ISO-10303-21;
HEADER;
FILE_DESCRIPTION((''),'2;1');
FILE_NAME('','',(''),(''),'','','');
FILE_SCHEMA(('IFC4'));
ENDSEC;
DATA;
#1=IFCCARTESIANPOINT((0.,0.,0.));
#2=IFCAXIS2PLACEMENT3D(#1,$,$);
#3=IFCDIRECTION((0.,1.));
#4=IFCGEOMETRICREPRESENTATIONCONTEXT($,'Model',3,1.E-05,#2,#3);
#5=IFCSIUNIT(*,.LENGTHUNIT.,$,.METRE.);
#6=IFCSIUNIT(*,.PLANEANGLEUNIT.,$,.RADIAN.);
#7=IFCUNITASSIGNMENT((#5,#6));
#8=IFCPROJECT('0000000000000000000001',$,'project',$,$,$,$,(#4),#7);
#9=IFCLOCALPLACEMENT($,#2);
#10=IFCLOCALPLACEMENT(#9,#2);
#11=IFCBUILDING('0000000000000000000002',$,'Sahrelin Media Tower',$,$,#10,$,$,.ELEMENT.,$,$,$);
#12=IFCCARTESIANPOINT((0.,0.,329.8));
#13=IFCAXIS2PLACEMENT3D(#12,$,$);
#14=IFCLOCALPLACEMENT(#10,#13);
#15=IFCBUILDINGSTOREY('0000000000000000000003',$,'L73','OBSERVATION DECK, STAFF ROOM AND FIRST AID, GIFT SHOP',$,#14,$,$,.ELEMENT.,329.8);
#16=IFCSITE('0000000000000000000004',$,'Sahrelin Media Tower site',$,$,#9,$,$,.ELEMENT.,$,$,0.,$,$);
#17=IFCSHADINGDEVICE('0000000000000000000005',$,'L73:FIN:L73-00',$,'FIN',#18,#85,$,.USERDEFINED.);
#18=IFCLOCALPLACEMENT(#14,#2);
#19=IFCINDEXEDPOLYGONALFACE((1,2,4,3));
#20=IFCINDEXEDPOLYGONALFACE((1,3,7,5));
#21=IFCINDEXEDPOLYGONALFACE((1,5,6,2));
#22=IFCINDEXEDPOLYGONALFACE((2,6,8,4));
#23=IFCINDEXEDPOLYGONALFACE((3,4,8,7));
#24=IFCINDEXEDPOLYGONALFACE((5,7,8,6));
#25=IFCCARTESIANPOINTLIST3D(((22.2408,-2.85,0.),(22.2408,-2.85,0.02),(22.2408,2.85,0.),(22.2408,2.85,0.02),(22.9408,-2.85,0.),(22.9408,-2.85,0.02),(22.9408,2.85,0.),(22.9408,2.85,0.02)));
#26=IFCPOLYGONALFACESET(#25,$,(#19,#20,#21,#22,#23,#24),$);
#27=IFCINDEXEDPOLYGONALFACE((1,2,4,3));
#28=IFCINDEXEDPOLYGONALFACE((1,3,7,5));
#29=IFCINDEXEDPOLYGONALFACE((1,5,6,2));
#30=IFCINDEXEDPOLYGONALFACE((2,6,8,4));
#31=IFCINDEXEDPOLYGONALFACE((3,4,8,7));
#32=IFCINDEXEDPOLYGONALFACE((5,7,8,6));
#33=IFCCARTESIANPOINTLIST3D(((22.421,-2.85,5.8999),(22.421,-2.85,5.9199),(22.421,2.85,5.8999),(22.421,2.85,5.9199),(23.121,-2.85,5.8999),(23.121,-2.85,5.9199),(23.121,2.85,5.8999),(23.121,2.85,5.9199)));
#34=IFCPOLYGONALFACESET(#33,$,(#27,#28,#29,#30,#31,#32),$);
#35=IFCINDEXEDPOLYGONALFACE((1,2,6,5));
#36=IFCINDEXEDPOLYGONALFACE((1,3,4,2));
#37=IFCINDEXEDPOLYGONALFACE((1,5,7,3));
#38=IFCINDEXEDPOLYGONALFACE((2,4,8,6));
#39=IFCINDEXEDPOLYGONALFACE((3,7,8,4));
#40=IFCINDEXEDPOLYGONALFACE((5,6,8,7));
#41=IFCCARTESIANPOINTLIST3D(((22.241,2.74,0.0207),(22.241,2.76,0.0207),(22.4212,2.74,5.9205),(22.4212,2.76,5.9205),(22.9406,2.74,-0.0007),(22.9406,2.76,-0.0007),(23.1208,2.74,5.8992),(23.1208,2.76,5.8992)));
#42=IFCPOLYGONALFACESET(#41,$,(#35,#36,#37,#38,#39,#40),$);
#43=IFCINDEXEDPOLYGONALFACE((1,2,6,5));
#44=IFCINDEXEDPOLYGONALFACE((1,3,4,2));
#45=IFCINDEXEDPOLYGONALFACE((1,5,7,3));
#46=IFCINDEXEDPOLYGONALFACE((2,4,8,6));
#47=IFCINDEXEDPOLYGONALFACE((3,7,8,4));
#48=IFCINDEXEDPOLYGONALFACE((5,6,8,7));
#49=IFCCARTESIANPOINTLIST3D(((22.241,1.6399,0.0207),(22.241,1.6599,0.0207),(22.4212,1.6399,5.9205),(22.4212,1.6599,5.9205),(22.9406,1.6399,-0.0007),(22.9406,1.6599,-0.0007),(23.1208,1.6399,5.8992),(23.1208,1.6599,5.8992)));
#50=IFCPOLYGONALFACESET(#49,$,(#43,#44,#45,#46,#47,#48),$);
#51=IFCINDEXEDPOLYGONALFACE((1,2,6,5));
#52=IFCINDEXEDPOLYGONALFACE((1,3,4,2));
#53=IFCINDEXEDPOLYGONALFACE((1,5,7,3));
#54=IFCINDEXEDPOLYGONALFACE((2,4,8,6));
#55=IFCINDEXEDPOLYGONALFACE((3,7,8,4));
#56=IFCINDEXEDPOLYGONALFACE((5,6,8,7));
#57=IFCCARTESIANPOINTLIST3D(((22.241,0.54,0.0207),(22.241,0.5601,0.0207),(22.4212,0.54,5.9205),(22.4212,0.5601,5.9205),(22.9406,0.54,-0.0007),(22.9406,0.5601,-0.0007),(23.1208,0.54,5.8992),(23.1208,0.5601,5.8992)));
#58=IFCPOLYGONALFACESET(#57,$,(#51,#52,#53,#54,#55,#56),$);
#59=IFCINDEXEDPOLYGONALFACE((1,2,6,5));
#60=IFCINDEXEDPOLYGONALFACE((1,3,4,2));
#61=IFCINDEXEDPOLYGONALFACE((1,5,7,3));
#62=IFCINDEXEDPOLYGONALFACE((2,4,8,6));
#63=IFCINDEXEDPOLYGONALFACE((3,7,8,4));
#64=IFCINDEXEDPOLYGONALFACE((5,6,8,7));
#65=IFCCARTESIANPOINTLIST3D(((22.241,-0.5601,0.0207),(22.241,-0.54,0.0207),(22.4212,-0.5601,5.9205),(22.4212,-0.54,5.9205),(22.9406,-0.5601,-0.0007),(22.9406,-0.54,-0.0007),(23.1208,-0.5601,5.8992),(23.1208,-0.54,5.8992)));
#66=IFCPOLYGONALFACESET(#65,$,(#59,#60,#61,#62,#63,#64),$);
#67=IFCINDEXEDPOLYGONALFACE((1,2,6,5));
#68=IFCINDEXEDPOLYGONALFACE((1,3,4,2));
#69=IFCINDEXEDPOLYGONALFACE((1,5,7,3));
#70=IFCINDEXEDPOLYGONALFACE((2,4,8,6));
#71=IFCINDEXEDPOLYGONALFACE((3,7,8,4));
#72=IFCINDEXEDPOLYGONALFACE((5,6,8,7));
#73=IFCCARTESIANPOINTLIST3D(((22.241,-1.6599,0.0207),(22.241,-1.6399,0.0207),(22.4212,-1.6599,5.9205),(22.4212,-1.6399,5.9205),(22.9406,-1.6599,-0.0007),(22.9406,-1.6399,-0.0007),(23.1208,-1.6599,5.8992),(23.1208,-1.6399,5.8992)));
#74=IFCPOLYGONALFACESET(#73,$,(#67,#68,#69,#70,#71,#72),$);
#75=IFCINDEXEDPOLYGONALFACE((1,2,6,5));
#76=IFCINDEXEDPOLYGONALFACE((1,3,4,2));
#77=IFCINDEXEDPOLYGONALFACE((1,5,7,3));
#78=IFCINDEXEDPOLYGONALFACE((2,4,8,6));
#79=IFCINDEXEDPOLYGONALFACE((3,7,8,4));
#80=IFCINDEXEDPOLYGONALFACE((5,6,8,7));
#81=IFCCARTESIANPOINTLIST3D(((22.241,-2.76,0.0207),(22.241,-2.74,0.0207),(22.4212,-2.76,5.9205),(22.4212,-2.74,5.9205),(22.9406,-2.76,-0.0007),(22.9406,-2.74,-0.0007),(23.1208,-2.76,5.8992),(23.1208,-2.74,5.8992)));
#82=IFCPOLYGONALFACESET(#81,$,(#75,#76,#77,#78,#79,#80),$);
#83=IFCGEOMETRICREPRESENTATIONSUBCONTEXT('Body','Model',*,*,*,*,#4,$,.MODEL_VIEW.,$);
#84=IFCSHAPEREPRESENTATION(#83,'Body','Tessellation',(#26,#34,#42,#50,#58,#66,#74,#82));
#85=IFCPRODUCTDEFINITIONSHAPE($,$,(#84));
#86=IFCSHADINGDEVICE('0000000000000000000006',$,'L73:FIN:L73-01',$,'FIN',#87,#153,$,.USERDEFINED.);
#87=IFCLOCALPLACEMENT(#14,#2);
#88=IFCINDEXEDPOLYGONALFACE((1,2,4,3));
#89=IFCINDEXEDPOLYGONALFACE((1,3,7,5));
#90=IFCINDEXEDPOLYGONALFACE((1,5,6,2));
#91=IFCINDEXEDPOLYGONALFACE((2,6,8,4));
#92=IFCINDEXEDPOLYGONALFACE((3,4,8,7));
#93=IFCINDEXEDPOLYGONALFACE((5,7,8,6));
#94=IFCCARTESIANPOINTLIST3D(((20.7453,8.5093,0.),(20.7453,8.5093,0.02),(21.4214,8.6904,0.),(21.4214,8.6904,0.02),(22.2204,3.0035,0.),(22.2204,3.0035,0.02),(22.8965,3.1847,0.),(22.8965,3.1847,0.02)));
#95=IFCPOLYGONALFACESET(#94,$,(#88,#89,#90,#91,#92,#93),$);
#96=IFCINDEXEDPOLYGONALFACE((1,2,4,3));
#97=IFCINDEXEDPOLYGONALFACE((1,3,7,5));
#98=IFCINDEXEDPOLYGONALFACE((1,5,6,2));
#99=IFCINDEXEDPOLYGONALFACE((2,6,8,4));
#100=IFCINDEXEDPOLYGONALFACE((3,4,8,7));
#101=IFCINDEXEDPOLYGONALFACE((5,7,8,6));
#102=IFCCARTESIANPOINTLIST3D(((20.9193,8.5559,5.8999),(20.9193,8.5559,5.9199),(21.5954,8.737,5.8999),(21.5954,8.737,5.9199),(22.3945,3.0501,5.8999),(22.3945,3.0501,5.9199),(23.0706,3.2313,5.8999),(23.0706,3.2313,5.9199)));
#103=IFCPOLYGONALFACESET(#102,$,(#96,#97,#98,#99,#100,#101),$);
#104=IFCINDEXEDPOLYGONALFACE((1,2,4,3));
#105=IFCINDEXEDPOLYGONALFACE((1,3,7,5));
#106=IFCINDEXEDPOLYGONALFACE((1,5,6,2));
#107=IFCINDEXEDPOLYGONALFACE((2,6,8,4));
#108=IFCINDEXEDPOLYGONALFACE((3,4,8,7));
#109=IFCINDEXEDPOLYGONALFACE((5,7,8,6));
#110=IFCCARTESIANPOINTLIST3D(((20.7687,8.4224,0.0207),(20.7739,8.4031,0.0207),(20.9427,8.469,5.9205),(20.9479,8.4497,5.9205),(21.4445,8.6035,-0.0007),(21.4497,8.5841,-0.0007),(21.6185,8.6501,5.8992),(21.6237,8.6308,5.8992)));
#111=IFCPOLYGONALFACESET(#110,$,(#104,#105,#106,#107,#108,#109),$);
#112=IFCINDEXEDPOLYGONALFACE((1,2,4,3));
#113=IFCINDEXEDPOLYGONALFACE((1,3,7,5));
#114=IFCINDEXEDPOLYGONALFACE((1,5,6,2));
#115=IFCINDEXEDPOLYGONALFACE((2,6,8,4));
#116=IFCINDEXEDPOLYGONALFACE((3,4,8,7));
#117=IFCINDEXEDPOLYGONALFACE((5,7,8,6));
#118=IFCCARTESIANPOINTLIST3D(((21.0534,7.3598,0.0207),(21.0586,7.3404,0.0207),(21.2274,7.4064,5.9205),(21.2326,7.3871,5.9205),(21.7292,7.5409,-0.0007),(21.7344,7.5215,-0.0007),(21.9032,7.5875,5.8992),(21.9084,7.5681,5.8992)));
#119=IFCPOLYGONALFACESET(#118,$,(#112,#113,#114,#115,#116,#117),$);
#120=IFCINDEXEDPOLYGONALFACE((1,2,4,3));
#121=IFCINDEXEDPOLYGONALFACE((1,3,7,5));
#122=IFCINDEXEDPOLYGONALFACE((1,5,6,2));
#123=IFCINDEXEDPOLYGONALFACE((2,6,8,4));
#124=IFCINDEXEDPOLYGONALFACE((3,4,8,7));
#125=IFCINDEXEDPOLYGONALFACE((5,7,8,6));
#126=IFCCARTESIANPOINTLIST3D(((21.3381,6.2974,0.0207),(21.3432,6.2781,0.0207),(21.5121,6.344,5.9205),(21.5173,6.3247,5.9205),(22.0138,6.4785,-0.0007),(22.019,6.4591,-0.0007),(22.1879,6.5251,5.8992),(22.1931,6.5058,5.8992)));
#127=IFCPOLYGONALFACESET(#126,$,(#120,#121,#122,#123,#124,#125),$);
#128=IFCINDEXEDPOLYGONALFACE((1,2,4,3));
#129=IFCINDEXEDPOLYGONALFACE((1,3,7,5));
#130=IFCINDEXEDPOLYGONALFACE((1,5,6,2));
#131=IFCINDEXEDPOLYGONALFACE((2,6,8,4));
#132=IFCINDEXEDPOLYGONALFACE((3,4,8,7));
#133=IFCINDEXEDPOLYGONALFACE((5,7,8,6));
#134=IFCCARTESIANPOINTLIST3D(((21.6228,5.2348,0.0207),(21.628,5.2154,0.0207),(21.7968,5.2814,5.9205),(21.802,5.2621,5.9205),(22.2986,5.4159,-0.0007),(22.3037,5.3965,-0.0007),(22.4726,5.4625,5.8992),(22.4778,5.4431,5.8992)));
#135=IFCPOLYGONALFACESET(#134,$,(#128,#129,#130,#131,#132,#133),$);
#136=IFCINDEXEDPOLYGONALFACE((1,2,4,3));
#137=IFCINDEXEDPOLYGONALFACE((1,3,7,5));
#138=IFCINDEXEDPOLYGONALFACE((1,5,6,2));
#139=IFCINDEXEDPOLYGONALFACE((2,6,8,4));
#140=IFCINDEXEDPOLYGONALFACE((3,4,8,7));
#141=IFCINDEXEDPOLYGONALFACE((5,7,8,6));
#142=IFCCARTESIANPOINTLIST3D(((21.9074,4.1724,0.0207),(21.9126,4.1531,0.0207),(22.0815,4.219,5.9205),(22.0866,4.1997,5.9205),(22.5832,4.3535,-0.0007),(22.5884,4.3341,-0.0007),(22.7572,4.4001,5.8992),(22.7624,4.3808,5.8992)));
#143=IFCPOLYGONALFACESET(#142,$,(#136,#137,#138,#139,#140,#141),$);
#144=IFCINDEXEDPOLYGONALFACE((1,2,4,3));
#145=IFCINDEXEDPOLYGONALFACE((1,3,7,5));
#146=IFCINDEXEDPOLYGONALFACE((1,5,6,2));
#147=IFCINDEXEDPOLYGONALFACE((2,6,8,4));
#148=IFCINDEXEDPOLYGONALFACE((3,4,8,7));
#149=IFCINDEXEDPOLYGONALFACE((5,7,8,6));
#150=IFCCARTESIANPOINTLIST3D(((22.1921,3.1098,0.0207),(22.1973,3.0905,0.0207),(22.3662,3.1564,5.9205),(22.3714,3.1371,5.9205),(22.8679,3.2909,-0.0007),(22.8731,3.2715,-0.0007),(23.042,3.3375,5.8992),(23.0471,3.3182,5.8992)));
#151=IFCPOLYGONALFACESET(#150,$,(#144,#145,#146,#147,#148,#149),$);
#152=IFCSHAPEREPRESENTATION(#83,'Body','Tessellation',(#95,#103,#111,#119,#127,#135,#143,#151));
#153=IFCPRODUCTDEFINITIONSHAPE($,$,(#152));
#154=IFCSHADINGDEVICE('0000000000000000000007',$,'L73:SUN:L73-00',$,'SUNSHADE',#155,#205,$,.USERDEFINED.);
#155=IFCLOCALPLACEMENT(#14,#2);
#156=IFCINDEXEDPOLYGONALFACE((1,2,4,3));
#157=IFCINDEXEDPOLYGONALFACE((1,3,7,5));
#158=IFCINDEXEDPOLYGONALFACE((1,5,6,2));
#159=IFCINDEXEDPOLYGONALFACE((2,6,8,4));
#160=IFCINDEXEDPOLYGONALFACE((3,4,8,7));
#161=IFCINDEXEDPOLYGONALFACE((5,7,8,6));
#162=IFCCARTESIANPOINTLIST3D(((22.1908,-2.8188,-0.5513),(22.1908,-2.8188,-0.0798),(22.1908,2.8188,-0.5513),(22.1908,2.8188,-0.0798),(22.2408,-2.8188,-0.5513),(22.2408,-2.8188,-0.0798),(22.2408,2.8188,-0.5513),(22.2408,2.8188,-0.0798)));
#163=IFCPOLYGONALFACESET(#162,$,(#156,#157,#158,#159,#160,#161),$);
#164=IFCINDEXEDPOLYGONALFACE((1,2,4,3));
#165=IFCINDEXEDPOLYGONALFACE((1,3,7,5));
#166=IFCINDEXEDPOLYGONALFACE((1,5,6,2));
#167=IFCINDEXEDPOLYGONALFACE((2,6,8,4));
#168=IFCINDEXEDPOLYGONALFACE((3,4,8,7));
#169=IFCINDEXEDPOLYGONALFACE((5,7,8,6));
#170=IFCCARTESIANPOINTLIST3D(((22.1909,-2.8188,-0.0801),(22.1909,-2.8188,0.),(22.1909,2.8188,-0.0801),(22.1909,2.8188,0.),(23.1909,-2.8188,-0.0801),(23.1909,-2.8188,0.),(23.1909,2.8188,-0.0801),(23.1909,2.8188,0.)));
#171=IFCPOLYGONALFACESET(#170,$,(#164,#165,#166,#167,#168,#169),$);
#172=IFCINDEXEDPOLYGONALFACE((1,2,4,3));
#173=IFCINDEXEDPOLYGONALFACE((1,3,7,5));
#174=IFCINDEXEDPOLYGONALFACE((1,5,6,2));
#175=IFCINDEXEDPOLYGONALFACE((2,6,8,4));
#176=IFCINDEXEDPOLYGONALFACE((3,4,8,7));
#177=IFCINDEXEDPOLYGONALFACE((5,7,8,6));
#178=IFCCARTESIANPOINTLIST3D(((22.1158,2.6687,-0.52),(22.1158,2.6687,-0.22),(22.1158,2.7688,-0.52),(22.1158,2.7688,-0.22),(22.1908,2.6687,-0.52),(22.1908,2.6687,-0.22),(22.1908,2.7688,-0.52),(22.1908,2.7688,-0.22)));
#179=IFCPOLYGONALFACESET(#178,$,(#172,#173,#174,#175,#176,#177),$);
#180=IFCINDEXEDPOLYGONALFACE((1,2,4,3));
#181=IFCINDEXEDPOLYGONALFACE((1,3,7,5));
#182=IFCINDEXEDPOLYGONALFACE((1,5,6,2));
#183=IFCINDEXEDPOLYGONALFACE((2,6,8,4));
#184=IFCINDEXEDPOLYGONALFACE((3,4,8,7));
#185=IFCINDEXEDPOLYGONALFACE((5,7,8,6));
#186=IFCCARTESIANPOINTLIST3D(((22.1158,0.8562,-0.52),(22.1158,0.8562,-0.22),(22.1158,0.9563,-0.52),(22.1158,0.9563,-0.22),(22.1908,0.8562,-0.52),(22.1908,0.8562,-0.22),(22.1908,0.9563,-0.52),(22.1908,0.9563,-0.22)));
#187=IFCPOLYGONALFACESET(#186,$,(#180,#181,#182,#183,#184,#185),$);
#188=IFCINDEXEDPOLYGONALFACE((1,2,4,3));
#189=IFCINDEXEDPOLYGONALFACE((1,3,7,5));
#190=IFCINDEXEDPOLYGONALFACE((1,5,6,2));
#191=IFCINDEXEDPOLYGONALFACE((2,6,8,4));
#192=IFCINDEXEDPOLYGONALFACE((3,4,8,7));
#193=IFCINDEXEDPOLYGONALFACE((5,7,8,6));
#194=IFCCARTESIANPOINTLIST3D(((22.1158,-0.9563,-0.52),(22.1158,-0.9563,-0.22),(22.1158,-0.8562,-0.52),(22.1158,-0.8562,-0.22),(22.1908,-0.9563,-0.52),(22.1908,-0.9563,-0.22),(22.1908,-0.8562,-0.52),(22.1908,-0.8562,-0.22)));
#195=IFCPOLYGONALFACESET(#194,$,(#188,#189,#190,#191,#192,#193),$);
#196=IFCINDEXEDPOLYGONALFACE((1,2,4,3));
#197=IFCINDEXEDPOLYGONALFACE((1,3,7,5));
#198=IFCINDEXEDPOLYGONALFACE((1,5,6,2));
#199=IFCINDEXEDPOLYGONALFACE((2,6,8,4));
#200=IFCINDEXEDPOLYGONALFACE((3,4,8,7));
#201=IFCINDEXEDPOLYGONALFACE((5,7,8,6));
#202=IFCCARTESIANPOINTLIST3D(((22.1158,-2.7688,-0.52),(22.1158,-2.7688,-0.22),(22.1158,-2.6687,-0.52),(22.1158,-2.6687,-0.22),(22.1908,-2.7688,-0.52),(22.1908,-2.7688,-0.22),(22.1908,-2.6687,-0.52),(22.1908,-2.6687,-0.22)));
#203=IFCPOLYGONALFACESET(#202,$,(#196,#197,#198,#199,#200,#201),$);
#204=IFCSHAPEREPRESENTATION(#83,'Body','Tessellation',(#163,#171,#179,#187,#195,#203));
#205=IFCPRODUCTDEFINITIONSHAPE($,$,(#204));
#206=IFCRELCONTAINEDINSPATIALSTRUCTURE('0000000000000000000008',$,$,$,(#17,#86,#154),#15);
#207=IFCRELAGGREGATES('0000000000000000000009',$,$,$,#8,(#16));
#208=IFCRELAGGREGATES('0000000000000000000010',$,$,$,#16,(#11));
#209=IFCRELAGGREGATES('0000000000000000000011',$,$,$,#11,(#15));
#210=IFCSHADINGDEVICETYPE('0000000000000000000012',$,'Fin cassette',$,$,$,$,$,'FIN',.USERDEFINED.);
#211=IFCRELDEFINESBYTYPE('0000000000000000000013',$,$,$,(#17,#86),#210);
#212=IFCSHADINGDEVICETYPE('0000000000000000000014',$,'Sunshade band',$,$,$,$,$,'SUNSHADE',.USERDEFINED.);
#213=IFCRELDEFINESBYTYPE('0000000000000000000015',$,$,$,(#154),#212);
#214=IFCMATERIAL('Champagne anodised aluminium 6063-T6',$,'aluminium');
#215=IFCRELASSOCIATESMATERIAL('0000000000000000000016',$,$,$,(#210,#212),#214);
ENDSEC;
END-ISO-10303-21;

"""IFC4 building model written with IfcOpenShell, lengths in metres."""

from ifc_helpers import new_model, si_unit, direction, frame, origin, origin_2d, place, context, subcontext, project, spatial, rectangle, extrude, material, type_object, element, save


model = new_model("IFC4")

# Units and contexts
model_context = context("Model", 3, precision=1e-05, world=origin(), true_north=direction((0.0, 1.0)))
body_context = subcontext(model_context, "Body", "Model", "MODEL_VIEW")
ifc_project = project(units=[si_unit("LENGTHUNIT", "METRE"), si_unit("PLANEANGLEUNIT", "RADIAN")], contexts=[model_context])

# Site, building, storey
site_placement = place(None, origin())
site = spatial("IfcSite", under=ifc_project, at=site_placement, Name="Sahrelin Media Tower site", CompositionType="ELEMENT", RefElevation=0.0)
building_placement = place(site_placement, origin())
building = spatial("IfcBuilding", under=site, at=building_placement, Name="Sahrelin Media Tower", CompositionType="ELEMENT")
storey_placement = place(building_placement, frame((0.0, 0.0, 329.8)))
storey = spatial("IfcBuildingStorey", under=building, at=storey_placement, Name="L73", Description="OBSERVATION DECK, STAFF ROOM AND FIRST AID, GIFT SHOP", CompositionType="ELEMENT", Elevation=329.8)

# Shared definitions
ifc_material_1 = material(Name="Champagne anodised aluminium 6063-T6", Category="aluminium")

# Shading devices
shading_device_type_1 = type_object("IfcShadingDeviceType", Name="Fin cassette", ElementType="FIN", PredefinedType="USERDEFINED", material=ifc_material_1)
placement_1 = place(storey_placement, frame((22.1709, 0.0, 0.0), z_axis=(0.0, 0.0, 1.0), x_axis=(0.0, -1.0, 0.0)))
element("IfcShadingDevice", 1, at=placement_1, inside=storey, type_object=shading_device_type_1, Name="L73:FIN:L73-00", ObjectType="FIN", PredefinedType="USERDEFINED", context=body_context, shape_type="SweptSolid", body=[
    extrude(rectangle(XDim=5.7, YDim=0.7, at=origin_2d()), frame((0.0, 0.4199, 0.0)), (0.0, 0.0, 1.0), 0.02),
    extrude(rectangle(XDim=5.7, YDim=0.7, at=origin_2d()), frame((0.0, 0.6001, 5.8999)), (0.0, 0.0, 1.0), 0.02),
    extrude(rectangle(XDim=0.02, YDim=0.7, at=origin_2d()), frame((-2.75, 0.4199, 0.01), z_axis=(0.0, 0.030525, 0.999534), x_axis=(-1.0, 0.0, 0.0)), (0.0, 0.0, 1.0), 5.9026),
    extrude(rectangle(XDim=0.02, YDim=0.7, at=origin_2d()), frame((-1.6499, 0.4199, 0.01), z_axis=(0.0, 0.030525, 0.999534), x_axis=(-1.0, 0.0, 0.0)), (0.0, 0.0, 1.0), 5.9026),
    extrude(rectangle(XDim=0.02, YDim=0.7, at=origin_2d()), frame((-0.55, 0.4199, 0.01), z_axis=(0.0, 0.030525, 0.999534), x_axis=(-1.0, 0.0, 0.0)), (0.0, 0.0, 1.0), 5.9026),
    extrude(rectangle(XDim=0.02, YDim=0.7, at=origin_2d()), frame((0.55, 0.4199, 0.01), z_axis=(0.0, 0.030525, 0.999534), x_axis=(-1.0, 0.0, 0.0)), (0.0, 0.0, 1.0), 5.9026),
    extrude(rectangle(XDim=0.02, YDim=0.7, at=origin_2d()), frame((1.6499, 0.4199, 0.01), z_axis=(0.0, 0.030525, 0.999534), x_axis=(-1.0, 0.0, 0.0)), (0.0, 0.0, 1.0), 5.9026),
    extrude(rectangle(XDim=0.02, YDim=0.7, at=origin_2d()), frame((2.75, 0.4199, 0.01), z_axis=(0.0, 0.030525, 0.999534), x_axis=(-1.0, 0.0, 0.0)), (0.0, 0.0, 1.0), 5.9026),
])
placement_2 = place(storey_placement, frame((21.4153, 5.7383, 0.0), z_axis=(0.0, 0.0, 1.0), x_axis=(0.258808, -0.965929, 0.0)))
element("IfcShadingDevice", 2, at=placement_2, inside=storey, type_object=shading_device_type_1, Name="L73:FIN:L73-01", ObjectType="FIN", PredefinedType="USERDEFINED", context=body_context, shape_type="SweptSolid", body=[
    extrude(rectangle(XDim=5.7, YDim=0.7, at=origin_2d()), frame((0.0, 0.4199, 0.0)), (0.0, 0.0, 1.0), 0.02),
    extrude(rectangle(XDim=5.7, YDim=0.7, at=origin_2d()), frame((0.0, 0.6001, 5.8999)), (0.0, 0.0, 1.0), 0.02),
    extrude(rectangle(XDim=0.02, YDim=0.7, at=origin_2d()), frame((-2.75, 0.4199, 0.01), z_axis=(0.0, 0.030525, 0.999534), x_axis=(-1.0, 0.0, 0.0)), (0.0, 0.0, 1.0), 5.9026),
    extrude(rectangle(XDim=0.02, YDim=0.7, at=origin_2d()), frame((-1.6499, 0.4199, 0.01), z_axis=(0.0, 0.030525, 0.999534), x_axis=(-1.0, 0.0, 0.0)), (0.0, 0.0, 1.0), 5.9026),
    extrude(rectangle(XDim=0.02, YDim=0.7, at=origin_2d()), frame((-0.55, 0.4199, 0.01), z_axis=(0.0, 0.030525, 0.999534), x_axis=(-1.0, 0.0, 0.0)), (0.0, 0.0, 1.0), 5.9026),
    extrude(rectangle(XDim=0.02, YDim=0.7, at=origin_2d()), frame((0.55, 0.4199, 0.01), z_axis=(0.0, 0.030525, 0.999534), x_axis=(-1.0, 0.0, 0.0)), (0.0, 0.0, 1.0), 5.9026),
    extrude(rectangle(XDim=0.02, YDim=0.7, at=origin_2d()), frame((1.6499, 0.4199, 0.01), z_axis=(0.0, 0.030525, 0.999534), x_axis=(-1.0, 0.0, 0.0)), (0.0, 0.0, 1.0), 5.9026),
    extrude(rectangle(XDim=0.02, YDim=0.7, at=origin_2d()), frame((2.75, 0.4199, 0.01), z_axis=(0.0, 0.030525, 0.999534), x_axis=(-1.0, 0.0, 0.0)), (0.0, 0.0, 1.0), 5.9026),
])
shading_device_type_2 = type_object("IfcShadingDeviceType", Name="Sunshade band", ElementType="SUNSHADE", PredefinedType="USERDEFINED", material=ifc_material_1)
element("IfcShadingDevice", 3, at=placement_1, inside=storey, type_object=shading_device_type_2, Name="L73:SUN:L73-00", ObjectType="SUNSHADE", PredefinedType="USERDEFINED", context=body_context, shape_type="SweptSolid", body=[
    extrude(rectangle(XDim=5.6377, YDim=0.05, at=origin_2d()), frame((0.0, 0.0449, -0.5513)), (0.0, 0.0, 1.0), 0.4714),
    extrude(rectangle(XDim=5.6377, YDim=1.0, at=origin_2d()), frame((0.0, 0.52, -0.0801)), (0.0, 0.0, 1.0), 0.0801),
    extrude(rectangle(XDim=0.1001, YDim=0.075, at=origin_2d()), frame((-2.7188, -0.0176, -0.52)), (0.0, 0.0, 1.0), 0.3),
    extrude(rectangle(XDim=0.1001, YDim=0.075, at=origin_2d()), frame((-0.9062, -0.0176, -0.52)), (0.0, 0.0, 1.0), 0.3),
    extrude(rectangle(XDim=0.1001, YDim=0.075, at=origin_2d()), frame((0.9062, -0.0176, -0.52)), (0.0, 0.0, 1.0), 0.3),
    extrude(rectangle(XDim=0.1001, YDim=0.075, at=origin_2d()), frame((2.7188, -0.0176, -0.52)), (0.0, 0.0, 1.0), 0.3),
])

save(model, "model.ifc")
